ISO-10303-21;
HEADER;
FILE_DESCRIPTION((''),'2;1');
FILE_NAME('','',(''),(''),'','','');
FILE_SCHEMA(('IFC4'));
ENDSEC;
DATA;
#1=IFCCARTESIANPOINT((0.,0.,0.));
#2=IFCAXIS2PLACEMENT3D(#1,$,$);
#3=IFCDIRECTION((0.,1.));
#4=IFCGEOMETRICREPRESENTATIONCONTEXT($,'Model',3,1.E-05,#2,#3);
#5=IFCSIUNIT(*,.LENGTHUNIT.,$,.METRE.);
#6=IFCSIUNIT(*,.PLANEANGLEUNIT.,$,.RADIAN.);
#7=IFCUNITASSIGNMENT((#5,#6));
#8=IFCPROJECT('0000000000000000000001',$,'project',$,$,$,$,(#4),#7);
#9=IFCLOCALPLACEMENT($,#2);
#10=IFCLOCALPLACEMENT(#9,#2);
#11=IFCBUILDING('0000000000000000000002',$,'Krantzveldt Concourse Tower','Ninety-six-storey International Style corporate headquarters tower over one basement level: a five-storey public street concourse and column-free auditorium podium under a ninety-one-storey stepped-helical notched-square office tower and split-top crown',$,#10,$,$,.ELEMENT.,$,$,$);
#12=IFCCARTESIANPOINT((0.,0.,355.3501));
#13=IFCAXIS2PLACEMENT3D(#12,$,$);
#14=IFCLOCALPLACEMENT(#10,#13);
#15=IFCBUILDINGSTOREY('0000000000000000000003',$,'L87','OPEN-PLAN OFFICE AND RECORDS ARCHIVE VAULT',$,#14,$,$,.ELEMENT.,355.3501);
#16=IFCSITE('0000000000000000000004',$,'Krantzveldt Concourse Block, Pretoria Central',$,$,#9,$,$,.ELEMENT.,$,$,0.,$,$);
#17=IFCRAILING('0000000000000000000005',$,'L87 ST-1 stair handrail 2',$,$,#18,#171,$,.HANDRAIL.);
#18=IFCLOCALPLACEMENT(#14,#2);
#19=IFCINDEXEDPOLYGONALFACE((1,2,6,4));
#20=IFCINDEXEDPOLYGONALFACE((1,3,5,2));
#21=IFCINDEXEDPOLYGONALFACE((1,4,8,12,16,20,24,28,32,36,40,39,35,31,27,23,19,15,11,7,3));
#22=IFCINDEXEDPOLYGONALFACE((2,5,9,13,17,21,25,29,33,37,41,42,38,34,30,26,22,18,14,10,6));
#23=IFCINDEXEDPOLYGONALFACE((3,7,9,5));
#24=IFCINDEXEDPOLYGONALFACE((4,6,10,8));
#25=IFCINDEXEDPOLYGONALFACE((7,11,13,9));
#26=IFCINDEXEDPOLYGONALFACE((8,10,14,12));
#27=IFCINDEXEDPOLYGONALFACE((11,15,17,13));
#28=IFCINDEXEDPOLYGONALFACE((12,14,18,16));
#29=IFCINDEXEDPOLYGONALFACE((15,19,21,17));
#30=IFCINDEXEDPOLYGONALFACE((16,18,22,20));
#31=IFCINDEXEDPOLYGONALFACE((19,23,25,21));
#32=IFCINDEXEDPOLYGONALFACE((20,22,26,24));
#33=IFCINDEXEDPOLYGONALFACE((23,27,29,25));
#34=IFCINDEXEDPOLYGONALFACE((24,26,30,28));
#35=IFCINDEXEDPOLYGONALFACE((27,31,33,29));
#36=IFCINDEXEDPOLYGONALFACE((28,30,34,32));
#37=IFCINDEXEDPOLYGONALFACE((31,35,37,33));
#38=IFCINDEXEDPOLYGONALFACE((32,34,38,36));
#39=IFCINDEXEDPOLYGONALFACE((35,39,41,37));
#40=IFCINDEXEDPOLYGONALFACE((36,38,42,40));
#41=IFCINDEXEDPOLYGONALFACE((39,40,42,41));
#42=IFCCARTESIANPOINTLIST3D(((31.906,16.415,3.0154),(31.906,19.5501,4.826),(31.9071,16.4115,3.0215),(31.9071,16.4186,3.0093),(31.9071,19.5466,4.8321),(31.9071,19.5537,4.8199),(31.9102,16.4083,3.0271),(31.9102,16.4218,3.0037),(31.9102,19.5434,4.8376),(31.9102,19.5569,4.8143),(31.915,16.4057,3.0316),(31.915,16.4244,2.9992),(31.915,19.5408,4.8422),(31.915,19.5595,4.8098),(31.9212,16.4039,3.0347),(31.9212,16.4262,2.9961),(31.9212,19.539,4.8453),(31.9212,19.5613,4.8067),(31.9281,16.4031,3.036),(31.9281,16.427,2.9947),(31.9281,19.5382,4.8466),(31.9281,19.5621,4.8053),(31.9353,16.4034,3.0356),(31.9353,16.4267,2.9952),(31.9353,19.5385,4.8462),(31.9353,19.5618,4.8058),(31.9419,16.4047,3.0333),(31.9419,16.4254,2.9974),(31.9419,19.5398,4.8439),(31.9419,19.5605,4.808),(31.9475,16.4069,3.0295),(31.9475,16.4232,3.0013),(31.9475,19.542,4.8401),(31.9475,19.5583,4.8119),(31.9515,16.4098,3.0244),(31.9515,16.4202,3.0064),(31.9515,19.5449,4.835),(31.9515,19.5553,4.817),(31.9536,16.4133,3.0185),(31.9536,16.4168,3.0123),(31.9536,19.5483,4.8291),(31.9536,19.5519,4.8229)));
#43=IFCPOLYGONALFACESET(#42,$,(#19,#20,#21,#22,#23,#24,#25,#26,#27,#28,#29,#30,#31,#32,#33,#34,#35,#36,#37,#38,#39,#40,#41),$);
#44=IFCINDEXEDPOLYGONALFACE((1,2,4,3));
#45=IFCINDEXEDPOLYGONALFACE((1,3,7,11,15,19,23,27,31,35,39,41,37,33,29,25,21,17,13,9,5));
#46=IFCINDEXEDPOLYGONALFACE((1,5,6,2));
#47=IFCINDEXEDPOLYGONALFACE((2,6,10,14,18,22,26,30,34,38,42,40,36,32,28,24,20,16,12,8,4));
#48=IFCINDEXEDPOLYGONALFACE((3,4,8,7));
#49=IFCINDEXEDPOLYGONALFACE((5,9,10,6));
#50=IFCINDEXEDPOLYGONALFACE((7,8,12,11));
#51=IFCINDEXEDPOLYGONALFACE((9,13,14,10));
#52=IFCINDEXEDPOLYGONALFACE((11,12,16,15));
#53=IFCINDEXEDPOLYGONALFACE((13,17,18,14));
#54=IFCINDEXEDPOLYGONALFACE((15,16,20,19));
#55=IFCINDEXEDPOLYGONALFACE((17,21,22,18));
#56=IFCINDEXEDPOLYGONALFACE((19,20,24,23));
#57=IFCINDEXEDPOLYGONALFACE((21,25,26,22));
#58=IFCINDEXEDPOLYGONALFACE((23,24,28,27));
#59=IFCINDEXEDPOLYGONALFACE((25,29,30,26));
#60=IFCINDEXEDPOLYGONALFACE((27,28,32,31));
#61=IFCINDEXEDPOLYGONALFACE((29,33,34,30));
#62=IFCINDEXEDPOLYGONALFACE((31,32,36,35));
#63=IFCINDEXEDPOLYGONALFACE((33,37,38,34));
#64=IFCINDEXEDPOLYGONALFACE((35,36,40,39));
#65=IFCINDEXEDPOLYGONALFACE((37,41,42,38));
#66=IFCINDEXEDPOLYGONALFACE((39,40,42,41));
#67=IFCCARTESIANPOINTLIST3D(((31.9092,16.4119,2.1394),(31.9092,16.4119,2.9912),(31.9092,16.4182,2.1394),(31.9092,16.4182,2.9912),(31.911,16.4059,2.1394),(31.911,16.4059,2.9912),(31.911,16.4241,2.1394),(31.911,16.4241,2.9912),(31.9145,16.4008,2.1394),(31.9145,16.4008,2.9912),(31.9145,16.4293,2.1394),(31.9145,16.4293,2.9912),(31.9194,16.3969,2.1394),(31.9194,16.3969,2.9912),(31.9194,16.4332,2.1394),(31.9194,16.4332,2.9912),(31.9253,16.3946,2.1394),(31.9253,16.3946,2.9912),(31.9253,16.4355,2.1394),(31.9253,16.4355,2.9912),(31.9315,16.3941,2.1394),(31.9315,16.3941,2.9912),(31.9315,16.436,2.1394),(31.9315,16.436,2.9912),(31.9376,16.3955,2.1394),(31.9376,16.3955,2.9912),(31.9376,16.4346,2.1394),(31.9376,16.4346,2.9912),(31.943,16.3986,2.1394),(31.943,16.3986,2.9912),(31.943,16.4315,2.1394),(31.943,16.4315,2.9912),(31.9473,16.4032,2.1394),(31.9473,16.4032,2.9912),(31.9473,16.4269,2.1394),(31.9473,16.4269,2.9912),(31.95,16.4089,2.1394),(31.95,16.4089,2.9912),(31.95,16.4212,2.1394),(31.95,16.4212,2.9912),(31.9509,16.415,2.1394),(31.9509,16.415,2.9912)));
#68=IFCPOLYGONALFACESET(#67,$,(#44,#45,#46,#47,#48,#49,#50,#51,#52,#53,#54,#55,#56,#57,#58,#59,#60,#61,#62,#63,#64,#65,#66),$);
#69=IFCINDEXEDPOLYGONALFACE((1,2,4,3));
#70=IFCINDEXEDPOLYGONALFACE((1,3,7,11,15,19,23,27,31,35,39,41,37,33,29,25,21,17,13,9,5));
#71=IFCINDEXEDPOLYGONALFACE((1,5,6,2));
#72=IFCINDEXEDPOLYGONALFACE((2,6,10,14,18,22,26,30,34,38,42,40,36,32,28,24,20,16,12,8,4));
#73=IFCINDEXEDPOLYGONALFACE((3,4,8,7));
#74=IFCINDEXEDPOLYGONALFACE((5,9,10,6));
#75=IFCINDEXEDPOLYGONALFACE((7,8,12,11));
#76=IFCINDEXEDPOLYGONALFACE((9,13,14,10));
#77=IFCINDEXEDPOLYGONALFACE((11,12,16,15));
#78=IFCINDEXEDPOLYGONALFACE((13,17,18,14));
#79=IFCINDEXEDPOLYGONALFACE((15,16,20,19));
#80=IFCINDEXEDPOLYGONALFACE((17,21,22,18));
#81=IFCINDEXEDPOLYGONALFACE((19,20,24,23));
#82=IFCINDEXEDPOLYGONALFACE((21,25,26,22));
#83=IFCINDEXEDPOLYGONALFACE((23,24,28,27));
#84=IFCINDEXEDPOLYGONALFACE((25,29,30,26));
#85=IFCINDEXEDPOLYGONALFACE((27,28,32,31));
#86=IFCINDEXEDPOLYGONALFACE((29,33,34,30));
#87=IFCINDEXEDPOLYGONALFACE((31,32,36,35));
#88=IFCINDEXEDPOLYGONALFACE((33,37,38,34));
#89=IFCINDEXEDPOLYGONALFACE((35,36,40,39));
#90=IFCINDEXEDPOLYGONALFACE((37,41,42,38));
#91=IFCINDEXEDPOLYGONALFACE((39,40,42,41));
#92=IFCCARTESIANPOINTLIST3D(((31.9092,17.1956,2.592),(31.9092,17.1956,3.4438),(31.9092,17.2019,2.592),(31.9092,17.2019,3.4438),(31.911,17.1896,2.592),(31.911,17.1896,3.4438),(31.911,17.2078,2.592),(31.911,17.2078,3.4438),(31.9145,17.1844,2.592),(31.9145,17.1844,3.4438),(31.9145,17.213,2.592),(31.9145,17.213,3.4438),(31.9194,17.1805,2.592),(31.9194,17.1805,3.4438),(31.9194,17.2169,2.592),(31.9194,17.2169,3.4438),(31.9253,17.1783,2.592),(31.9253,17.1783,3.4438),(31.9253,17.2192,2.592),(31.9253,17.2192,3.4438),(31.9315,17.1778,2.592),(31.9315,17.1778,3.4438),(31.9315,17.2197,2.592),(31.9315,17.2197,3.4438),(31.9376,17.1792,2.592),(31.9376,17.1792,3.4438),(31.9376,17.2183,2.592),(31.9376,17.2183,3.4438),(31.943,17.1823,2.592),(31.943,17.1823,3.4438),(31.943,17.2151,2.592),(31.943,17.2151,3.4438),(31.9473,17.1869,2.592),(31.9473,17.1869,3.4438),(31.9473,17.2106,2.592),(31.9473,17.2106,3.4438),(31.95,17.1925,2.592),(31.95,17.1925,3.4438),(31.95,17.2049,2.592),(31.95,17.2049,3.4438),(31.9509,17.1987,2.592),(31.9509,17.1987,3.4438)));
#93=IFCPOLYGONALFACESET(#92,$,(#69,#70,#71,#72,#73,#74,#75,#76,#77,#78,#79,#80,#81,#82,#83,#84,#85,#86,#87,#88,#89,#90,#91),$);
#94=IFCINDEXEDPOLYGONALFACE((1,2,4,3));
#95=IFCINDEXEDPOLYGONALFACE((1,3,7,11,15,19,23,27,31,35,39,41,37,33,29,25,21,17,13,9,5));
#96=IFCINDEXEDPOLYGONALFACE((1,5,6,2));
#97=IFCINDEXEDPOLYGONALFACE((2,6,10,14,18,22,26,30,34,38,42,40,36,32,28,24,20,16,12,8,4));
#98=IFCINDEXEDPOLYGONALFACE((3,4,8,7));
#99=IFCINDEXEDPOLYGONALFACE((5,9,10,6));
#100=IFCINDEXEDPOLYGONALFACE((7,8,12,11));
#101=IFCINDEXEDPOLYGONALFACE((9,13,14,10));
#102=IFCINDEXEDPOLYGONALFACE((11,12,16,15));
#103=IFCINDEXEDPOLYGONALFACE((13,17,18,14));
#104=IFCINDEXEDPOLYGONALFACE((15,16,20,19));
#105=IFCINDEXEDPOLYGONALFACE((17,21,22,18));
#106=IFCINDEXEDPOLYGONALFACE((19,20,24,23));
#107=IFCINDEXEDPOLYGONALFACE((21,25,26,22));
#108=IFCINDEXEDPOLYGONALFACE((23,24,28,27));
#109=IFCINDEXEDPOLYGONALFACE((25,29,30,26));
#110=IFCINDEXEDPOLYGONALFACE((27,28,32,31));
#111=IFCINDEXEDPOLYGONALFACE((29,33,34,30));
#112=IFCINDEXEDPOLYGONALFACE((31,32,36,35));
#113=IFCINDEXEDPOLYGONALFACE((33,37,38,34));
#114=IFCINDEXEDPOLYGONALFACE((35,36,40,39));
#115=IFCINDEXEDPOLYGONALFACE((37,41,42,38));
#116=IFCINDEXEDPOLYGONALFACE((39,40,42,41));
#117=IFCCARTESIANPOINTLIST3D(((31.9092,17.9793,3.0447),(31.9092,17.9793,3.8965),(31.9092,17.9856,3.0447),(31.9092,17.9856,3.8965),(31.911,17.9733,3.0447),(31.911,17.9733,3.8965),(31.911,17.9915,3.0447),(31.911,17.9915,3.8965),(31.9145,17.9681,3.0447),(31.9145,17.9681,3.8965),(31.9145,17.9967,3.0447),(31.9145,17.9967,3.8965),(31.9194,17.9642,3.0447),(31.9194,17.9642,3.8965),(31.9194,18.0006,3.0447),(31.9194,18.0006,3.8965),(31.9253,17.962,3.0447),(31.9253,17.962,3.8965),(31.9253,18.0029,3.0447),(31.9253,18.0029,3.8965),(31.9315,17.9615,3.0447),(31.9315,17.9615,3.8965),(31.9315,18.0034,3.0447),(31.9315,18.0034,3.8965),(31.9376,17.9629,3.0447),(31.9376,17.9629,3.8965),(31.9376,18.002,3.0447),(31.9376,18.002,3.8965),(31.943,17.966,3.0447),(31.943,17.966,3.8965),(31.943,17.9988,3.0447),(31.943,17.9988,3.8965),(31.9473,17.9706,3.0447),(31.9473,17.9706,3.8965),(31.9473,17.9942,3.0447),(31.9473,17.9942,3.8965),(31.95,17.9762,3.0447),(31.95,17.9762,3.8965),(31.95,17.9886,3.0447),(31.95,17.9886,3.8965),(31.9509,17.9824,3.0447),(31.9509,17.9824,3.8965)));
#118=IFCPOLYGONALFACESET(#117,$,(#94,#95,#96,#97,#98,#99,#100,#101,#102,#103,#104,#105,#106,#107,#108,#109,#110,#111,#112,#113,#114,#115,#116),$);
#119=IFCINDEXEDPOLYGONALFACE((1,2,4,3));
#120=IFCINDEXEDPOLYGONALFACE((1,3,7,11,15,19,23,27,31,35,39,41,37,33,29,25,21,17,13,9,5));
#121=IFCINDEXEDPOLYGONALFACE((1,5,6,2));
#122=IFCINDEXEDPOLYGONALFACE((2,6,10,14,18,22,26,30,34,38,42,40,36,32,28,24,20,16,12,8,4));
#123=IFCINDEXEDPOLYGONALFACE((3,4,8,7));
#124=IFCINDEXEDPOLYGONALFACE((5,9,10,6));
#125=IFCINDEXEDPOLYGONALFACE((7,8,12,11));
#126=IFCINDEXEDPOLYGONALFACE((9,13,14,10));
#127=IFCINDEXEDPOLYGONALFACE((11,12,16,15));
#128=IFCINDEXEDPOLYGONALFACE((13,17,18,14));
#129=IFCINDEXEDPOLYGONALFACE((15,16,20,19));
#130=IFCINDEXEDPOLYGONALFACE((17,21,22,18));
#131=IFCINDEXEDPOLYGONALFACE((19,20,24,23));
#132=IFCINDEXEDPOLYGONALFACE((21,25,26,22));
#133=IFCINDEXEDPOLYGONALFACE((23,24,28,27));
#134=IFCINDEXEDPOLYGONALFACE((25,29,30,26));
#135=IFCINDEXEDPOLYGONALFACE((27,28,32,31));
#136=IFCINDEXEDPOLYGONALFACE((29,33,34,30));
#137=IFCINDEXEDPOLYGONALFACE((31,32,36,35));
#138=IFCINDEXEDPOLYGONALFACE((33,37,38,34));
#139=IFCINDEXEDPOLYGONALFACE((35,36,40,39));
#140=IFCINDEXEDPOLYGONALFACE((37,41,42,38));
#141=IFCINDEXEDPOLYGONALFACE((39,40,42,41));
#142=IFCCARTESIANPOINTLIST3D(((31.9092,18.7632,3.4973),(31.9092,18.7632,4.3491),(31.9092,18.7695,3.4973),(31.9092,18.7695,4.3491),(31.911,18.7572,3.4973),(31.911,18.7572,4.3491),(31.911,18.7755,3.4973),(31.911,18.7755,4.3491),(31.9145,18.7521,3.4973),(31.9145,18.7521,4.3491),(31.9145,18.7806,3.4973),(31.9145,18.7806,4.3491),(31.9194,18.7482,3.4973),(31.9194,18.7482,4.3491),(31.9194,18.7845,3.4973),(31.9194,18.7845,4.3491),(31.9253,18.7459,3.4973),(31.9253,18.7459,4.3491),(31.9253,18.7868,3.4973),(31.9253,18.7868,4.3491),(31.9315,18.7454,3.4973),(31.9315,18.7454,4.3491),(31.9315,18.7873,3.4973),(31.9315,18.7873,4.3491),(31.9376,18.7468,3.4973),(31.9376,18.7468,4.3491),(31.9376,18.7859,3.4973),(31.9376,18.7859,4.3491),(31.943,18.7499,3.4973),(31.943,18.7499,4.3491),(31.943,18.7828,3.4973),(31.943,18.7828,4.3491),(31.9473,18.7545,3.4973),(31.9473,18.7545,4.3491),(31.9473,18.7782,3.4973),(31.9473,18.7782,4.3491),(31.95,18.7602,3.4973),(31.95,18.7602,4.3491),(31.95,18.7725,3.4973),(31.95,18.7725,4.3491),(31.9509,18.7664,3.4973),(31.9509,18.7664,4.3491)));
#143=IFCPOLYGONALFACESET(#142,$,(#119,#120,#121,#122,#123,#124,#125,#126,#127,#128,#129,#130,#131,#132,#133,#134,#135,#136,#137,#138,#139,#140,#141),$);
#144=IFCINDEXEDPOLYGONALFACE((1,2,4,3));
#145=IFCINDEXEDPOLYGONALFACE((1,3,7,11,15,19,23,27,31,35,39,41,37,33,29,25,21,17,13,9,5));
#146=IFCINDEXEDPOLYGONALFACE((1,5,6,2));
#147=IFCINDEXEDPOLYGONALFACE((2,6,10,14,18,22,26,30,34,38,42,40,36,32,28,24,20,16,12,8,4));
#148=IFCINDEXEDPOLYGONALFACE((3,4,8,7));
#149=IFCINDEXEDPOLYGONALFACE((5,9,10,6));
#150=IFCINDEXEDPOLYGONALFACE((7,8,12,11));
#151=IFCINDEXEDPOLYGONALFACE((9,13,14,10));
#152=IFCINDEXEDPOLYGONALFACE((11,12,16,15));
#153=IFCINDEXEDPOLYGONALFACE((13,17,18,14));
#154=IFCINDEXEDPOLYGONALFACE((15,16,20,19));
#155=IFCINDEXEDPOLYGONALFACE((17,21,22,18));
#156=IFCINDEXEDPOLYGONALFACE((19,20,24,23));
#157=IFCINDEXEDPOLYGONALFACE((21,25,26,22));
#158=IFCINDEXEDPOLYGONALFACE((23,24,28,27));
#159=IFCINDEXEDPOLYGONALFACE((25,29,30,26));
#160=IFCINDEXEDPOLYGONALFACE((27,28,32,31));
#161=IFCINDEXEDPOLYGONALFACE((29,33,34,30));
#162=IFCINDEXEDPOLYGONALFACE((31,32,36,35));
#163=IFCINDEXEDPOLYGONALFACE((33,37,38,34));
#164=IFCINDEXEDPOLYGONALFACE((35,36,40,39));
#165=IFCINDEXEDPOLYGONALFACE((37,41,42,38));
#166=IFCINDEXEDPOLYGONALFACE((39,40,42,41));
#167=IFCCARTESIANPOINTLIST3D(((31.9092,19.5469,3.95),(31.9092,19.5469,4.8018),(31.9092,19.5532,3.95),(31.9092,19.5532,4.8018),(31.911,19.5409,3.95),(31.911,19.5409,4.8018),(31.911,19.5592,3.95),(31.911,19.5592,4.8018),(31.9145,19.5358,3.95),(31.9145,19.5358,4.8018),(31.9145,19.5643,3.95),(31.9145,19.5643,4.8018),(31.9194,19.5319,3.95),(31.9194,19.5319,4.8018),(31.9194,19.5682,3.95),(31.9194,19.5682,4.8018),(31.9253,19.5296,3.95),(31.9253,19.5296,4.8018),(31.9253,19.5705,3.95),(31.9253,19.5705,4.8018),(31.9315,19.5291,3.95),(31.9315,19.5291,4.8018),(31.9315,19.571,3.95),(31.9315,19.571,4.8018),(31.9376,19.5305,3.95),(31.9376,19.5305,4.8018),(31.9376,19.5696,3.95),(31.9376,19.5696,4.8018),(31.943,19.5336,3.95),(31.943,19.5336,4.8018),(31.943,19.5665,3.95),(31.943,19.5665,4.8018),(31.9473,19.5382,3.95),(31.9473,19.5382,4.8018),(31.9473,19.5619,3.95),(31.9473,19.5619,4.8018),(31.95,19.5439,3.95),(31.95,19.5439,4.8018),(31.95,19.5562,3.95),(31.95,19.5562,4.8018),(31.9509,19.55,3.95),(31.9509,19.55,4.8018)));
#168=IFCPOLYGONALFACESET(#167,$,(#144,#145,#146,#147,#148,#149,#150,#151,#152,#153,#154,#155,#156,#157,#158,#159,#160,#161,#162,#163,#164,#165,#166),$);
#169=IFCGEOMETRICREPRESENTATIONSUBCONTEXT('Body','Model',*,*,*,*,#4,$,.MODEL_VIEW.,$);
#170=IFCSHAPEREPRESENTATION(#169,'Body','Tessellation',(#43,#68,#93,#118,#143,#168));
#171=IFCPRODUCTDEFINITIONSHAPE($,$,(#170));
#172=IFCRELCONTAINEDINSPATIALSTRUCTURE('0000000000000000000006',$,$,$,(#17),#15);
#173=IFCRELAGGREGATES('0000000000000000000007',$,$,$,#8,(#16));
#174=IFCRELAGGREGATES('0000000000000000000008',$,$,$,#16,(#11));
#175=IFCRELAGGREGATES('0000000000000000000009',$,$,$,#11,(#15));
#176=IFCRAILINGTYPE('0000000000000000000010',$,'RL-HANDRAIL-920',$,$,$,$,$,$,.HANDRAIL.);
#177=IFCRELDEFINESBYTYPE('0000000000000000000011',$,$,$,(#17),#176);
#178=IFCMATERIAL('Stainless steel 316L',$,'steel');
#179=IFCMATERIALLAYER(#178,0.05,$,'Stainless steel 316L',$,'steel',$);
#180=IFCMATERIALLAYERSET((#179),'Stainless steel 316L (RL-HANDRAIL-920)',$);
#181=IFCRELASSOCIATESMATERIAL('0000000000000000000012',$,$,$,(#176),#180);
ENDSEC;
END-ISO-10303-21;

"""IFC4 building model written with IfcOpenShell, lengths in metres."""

from ifc_helpers import new_model, si_unit, direction, frame, origin, origin_2d, place, context, subcontext, project, spatial, circle, extrude, material, layer, layer_set, type_object, element, save


model = new_model("IFC4")

# Units and contexts
model_context = context("Model", 3, precision=1e-05, world=origin(), true_north=direction((0.0, 1.0)))
body_context = subcontext(model_context, "Body", "Model", "MODEL_VIEW")
ifc_project = project(units=[si_unit("LENGTHUNIT", "METRE"), si_unit("PLANEANGLEUNIT", "RADIAN")], contexts=[model_context])

# Site, building, storey
site_placement = place(None, origin())
site = spatial("IfcSite", under=ifc_project, at=site_placement, Name="Krantzveldt Concourse Block, Pretoria Central", CompositionType="ELEMENT", RefElevation=0.0)
building_placement = place(site_placement, origin())
building = spatial("IfcBuilding", under=site, at=building_placement, Name="Krantzveldt Concourse Tower", Description="Ninety-six-storey International Style corporate headquarters tower over one basement level: a five-storey public street concourse and column-free auditorium podium under a ninety-one-storey stepped-helical notched-square office tower and split-top crown", CompositionType="ELEMENT")
storey_placement = place(building_placement, frame((0.0, 0.0, 355.3501)))
storey = spatial("IfcBuildingStorey", under=building, at=storey_placement, Name="L87", Description="OPEN-PLAN OFFICE AND RECORDS ARCHIVE VAULT", CompositionType="ELEMENT", Elevation=355.3501)

# Railing
ifc_material_1 = material(Name="Stainless steel 316L", Category="steel")
ifc_layer_1 = layer(ifc_material_1, 0.05, Name="Stainless steel 316L", Category="steel")
ifc_layer_set_1 = layer_set([ifc_layer_1], Name="Stainless steel 316L (RL-HANDRAIL-920)")
railing_type_1 = type_object("IfcRailingType", Name="RL-HANDRAIL-920", PredefinedType="HANDRAIL", material=ifc_layer_set_1)
railing_1_placement = place(storey_placement, frame((31.9299, 16.415, 2.1394)))
element("IfcRailing", 1, at=railing_1_placement, inside=storey, type_object=railing_type_1, Name="L87 ST-1 stair handrail 2", PredefinedType="HANDRAIL", context=body_context, shape_type="SweptSolid", body=[
    extrude(circle(Radius=0.0239, at=origin_2d()), frame((0.0, 0.0, 0.876), z_axis=(0.0, 0.86596, 0.500114), x_axis=(-1.0, 0.0, 0.0)), (0.0, 0.0, 1.0), 3.6204),
    extrude(circle(Radius=0.021, at=origin_2d()), origin(), (0.0, 0.0, 1.0), 0.8518),
    extrude(circle(Radius=0.021, at=origin_2d()), frame((0.0, 0.7837, 0.4526)), (0.0, 0.0, 1.0), 0.8518),
    extrude(circle(Radius=0.021, at=origin_2d()), frame((0.0, 1.5674, 0.9053)), (0.0, 0.0, 1.0), 0.8518),
    extrude(circle(Radius=0.021, at=origin_2d()), frame((0.0, 2.3513, 1.3579)), (0.0, 0.0, 1.0), 0.8518),
    extrude(circle(Radius=0.021, at=origin_2d()), frame((0.0, 3.135, 1.8105)), (0.0, 0.0, 1.0), 0.8518),
])

save(model, "model.ifc")
